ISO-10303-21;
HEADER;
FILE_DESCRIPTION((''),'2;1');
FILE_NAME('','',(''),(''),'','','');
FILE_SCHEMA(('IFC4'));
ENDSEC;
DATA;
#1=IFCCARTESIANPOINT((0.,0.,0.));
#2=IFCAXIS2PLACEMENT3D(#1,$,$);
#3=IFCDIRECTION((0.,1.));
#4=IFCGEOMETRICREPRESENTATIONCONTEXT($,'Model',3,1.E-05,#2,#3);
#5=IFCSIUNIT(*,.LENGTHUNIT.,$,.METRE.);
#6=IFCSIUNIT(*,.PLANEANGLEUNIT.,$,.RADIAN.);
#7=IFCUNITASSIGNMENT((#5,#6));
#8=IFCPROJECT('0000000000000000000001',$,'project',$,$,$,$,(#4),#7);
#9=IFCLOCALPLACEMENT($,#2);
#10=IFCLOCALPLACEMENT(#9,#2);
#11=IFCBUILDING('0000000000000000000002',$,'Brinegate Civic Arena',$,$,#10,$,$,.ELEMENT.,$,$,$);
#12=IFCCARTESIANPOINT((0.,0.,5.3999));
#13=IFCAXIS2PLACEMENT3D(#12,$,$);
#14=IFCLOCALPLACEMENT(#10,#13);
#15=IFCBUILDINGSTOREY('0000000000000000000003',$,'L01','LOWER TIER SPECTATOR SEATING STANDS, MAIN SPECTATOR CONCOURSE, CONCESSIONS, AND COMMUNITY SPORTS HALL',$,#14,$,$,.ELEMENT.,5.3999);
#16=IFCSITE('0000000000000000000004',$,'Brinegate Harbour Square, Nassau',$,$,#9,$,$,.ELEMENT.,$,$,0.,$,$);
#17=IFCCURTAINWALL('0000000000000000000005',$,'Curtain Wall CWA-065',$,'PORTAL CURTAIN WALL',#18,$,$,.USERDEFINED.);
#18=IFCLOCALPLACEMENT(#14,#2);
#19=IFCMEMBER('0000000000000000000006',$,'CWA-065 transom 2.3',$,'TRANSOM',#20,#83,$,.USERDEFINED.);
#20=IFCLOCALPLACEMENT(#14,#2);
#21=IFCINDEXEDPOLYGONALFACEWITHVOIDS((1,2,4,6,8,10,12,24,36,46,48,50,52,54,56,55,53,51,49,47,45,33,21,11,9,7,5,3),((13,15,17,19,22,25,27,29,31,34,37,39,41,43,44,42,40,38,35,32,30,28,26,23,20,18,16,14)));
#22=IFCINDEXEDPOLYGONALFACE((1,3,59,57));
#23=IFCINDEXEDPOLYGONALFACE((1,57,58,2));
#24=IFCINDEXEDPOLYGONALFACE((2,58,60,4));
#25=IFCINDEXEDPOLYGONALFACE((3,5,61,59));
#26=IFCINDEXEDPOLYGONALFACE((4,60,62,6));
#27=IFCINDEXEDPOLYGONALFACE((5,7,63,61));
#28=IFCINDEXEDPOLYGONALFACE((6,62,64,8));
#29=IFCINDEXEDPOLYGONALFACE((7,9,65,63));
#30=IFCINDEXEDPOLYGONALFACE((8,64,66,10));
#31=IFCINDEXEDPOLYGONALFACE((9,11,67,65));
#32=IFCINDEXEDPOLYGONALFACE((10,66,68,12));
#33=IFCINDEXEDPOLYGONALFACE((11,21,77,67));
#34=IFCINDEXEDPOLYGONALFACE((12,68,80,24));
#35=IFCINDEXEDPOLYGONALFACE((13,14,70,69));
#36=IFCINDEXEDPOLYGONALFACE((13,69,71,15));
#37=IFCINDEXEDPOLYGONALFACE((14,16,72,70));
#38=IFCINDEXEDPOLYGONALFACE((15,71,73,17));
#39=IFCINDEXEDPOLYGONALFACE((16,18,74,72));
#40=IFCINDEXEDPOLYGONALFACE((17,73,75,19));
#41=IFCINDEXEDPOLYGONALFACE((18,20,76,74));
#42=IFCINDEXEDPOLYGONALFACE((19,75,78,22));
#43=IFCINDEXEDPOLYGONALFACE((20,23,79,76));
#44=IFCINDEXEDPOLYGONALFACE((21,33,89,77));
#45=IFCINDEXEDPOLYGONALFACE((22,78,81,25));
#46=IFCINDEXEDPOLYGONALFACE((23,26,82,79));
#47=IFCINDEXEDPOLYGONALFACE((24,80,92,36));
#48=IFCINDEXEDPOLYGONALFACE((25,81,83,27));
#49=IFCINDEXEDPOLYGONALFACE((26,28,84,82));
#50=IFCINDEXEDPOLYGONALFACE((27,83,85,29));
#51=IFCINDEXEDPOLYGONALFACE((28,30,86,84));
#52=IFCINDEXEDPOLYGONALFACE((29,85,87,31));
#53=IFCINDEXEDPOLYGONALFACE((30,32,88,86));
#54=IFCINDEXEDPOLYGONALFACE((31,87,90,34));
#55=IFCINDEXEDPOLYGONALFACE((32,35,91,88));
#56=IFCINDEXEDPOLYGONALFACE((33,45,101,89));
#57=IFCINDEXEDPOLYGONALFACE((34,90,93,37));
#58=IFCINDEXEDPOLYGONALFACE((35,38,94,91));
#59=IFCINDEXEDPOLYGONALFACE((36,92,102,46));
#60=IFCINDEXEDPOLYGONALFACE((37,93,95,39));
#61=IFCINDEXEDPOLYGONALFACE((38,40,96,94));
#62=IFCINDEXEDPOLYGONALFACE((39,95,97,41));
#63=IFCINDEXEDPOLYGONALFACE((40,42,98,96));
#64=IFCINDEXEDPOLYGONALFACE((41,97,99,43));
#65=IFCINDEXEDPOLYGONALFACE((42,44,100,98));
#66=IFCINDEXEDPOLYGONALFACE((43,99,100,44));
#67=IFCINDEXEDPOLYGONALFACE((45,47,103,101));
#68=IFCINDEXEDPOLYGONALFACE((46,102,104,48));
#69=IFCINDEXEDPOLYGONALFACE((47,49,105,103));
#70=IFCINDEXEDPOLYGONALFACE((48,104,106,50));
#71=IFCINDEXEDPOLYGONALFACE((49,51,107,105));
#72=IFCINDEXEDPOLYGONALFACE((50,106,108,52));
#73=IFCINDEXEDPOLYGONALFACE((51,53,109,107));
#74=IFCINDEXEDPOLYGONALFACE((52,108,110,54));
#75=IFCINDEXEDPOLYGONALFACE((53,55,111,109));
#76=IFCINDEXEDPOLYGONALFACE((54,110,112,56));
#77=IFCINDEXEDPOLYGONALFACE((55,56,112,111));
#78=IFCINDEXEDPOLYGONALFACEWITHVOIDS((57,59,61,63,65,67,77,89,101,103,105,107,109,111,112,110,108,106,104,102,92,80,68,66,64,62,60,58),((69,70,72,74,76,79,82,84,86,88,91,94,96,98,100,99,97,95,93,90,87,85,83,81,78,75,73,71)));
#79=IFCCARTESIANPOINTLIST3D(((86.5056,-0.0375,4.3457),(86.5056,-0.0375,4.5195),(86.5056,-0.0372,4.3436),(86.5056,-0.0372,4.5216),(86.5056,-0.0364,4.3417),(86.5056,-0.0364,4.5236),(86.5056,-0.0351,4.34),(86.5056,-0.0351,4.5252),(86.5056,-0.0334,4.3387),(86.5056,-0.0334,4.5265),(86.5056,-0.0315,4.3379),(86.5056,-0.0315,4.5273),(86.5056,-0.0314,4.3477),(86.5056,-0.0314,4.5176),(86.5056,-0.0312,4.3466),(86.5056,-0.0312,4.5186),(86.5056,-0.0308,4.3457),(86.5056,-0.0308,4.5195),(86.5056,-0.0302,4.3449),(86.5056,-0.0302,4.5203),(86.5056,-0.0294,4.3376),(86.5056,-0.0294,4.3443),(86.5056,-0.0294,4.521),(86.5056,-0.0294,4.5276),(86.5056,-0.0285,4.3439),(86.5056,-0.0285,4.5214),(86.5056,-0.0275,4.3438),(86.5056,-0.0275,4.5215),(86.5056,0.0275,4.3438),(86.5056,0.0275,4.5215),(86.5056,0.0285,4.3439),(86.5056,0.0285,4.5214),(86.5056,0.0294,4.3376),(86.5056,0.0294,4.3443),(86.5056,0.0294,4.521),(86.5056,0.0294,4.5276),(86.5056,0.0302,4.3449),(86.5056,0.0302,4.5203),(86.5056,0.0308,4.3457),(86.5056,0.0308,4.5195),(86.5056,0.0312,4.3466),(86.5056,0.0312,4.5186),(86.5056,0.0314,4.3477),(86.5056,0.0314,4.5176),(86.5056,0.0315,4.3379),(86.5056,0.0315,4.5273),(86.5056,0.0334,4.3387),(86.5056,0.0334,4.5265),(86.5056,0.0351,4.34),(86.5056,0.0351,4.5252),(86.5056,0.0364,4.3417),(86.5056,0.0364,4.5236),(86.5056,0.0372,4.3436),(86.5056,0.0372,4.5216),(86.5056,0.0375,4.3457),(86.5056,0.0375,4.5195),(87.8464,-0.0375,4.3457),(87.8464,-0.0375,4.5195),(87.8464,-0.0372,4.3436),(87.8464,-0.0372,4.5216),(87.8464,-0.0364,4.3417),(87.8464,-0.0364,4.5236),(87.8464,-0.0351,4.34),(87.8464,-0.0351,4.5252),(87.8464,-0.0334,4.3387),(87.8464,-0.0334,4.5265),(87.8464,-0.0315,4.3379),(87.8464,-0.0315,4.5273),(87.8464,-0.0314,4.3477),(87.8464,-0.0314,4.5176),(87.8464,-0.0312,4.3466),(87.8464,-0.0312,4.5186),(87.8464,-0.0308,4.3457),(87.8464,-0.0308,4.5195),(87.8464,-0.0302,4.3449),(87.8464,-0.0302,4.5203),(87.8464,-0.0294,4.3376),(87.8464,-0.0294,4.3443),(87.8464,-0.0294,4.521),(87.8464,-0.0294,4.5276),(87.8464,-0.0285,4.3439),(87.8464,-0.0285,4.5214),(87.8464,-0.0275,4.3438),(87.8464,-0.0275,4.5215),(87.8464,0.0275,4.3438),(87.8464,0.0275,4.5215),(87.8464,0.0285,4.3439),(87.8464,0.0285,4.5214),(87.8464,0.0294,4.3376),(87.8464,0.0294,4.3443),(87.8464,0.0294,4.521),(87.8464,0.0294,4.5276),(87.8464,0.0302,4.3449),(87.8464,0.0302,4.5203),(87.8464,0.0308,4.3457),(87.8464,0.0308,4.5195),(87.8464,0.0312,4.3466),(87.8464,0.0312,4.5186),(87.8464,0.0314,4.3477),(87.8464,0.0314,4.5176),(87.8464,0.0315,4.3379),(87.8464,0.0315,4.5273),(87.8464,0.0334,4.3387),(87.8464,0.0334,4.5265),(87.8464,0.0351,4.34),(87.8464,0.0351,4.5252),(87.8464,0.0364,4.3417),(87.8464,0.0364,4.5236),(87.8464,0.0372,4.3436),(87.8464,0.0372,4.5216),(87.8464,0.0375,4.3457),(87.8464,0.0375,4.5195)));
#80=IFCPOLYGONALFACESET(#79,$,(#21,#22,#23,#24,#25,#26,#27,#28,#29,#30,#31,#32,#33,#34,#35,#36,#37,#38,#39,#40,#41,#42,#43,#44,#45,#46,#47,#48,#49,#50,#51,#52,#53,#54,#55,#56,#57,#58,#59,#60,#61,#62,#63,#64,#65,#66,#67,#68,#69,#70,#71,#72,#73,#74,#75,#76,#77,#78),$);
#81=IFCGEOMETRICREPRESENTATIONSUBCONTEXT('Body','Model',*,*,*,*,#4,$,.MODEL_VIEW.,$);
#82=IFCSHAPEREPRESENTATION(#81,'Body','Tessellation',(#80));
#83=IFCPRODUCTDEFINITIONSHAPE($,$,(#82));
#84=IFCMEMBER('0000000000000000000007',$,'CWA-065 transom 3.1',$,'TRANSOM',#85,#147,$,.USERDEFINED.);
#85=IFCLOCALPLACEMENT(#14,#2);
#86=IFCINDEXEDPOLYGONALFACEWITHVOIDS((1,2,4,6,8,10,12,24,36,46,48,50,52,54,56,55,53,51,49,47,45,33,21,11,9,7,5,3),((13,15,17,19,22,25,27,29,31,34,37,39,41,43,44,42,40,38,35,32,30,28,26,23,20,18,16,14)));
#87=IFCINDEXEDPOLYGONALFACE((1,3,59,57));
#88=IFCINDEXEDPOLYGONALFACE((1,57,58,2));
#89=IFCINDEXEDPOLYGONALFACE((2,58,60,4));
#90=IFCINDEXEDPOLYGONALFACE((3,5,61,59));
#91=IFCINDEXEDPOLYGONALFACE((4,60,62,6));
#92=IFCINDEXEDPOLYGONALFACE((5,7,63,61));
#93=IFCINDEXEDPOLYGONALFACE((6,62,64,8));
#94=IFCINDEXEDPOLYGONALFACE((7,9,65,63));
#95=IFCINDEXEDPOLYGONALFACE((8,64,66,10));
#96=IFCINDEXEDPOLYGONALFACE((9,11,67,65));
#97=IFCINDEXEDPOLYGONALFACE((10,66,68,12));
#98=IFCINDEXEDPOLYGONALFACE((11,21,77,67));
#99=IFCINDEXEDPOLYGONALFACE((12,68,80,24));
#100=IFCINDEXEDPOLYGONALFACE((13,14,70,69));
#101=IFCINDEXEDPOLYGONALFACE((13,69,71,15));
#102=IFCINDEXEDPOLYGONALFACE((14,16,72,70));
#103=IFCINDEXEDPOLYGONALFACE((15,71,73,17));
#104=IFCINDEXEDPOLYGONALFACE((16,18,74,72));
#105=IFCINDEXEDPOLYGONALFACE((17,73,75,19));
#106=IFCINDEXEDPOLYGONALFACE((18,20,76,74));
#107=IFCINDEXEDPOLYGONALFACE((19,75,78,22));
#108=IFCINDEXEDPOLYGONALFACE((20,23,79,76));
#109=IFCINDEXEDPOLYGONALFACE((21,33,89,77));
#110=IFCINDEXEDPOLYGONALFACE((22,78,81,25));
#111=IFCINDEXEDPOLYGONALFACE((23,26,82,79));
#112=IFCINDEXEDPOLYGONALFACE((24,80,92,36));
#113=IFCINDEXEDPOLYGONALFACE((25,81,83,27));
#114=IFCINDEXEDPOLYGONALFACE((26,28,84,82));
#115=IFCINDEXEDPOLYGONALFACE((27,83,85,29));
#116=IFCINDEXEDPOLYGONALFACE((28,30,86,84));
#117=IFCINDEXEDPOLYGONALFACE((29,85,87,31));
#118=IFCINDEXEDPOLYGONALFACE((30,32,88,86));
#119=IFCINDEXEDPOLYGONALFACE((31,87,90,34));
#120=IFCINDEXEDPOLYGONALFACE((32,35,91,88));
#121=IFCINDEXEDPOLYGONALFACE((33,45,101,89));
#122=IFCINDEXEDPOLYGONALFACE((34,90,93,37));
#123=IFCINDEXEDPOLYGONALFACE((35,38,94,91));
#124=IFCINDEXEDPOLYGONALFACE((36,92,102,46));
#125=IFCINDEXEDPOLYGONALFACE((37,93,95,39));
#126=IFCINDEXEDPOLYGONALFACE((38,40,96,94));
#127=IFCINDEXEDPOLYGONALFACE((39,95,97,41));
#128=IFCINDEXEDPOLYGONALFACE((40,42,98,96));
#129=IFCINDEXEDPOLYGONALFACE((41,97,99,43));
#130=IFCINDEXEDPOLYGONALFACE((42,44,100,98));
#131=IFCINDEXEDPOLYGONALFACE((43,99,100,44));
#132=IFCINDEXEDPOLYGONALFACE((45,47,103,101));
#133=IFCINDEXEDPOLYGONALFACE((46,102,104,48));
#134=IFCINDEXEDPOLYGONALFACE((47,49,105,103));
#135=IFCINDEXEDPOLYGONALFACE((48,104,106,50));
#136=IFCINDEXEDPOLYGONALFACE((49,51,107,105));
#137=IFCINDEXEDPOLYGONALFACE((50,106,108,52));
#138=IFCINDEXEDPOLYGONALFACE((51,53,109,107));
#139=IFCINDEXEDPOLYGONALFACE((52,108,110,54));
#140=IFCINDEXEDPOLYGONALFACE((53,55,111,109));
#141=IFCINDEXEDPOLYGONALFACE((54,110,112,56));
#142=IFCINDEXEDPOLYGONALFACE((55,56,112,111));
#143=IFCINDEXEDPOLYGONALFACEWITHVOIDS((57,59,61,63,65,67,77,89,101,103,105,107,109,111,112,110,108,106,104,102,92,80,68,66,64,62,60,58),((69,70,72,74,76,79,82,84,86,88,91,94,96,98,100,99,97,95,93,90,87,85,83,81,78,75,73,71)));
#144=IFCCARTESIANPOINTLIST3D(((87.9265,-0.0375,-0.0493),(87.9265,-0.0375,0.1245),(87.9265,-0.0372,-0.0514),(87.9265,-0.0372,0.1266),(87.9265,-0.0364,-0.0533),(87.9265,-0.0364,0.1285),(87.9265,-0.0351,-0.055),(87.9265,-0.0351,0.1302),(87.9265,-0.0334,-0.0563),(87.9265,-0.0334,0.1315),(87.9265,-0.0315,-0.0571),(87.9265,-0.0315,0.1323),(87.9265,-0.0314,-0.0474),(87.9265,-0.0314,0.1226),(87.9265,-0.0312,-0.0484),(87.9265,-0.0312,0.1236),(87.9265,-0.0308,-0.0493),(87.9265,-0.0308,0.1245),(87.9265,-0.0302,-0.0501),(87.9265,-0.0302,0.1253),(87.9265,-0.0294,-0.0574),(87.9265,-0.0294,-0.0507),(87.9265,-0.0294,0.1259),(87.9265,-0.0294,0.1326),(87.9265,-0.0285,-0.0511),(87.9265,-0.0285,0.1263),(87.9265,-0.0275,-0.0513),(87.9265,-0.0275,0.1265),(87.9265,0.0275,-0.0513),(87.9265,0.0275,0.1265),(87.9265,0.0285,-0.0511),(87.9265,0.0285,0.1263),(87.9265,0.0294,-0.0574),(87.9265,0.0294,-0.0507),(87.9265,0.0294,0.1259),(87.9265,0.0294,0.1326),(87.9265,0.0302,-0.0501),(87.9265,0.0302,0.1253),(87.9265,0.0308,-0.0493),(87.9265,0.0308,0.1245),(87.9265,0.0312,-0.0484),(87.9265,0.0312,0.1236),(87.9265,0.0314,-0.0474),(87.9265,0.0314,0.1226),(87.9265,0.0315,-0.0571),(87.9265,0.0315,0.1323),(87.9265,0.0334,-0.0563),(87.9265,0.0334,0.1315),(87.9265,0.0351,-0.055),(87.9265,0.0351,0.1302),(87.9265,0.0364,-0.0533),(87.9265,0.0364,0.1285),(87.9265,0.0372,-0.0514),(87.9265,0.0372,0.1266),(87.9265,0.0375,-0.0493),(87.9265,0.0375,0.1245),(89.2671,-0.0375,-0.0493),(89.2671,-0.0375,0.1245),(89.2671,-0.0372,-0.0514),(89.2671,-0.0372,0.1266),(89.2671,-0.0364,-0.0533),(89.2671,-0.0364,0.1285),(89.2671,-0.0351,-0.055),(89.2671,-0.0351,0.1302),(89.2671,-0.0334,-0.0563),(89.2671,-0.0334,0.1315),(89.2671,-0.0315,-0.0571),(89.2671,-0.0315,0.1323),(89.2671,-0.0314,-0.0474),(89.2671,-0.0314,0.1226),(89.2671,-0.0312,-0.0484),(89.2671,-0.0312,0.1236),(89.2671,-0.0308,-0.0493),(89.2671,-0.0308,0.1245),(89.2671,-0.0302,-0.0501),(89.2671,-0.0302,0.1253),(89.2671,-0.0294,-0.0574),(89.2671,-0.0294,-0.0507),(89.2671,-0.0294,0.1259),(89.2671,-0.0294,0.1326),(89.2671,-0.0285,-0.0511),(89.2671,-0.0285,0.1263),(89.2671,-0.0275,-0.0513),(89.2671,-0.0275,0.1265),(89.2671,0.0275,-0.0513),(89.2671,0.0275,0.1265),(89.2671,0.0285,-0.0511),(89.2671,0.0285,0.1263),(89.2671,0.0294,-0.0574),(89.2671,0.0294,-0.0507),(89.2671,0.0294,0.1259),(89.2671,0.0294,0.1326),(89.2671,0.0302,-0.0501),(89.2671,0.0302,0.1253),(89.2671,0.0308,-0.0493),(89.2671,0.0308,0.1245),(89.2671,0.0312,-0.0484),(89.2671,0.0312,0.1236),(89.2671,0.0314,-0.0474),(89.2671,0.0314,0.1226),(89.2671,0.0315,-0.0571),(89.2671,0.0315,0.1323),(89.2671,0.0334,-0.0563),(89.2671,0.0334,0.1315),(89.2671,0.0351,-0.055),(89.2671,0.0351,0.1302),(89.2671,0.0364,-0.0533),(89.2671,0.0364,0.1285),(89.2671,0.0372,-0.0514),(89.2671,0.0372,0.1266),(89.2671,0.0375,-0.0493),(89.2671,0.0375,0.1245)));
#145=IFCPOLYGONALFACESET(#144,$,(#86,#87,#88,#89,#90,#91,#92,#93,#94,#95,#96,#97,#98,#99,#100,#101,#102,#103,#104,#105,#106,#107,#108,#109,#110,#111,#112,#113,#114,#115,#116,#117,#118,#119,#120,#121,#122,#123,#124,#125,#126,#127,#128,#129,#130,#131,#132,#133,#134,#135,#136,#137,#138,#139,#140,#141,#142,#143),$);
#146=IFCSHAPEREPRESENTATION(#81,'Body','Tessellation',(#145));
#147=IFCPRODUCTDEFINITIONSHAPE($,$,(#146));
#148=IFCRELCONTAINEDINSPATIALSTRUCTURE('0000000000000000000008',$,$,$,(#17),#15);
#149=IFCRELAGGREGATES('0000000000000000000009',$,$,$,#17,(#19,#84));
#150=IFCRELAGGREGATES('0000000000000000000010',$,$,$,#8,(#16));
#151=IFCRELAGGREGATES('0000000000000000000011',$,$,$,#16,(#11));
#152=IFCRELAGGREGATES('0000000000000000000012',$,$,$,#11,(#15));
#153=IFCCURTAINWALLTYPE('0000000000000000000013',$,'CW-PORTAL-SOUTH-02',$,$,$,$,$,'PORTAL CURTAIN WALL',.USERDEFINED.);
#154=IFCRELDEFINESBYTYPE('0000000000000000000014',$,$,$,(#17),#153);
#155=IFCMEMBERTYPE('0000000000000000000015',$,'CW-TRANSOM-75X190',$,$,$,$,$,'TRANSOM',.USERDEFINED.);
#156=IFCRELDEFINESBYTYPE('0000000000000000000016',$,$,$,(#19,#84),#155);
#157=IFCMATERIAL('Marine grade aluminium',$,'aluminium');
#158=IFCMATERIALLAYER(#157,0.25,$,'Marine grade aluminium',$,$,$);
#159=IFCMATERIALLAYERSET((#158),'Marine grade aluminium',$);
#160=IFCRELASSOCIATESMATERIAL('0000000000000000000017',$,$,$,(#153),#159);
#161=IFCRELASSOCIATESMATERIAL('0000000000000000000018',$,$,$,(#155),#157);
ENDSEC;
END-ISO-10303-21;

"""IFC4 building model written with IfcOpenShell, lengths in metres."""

from ifc_helpers import new_model, si_unit, direction, frame, origin, origin_2d, place, context, subcontext, project, spatial, hollow_rectangle, extrude, material, layer, layer_set, material_profile, profile_set, type_object, element, aggregate, save


model = new_model("IFC4")

# Units and contexts
model_context = context("Model", 3, precision=1e-05, world=origin(), true_north=direction((0.0, 1.0)))
body_context = subcontext(model_context, "Body", "Model", "MODEL_VIEW")
ifc_project = project(units=[si_unit("LENGTHUNIT", "METRE"), si_unit("PLANEANGLEUNIT", "RADIAN")], contexts=[model_context])

# Site, building, storey
site_placement = place(None, origin())
site = spatial("IfcSite", under=ifc_project, at=site_placement, Name="Brinegate Harbour Square, Nassau", CompositionType="ELEMENT", RefElevation=0.0)
building_placement = place(site_placement, origin())
building = spatial("IfcBuilding", under=site, at=building_placement, Name="Brinegate Civic Arena", CompositionType="ELEMENT")
storey_placement = place(building_placement, frame((0.0, 0.0, 5.3999)))
storey = spatial("IfcBuildingStorey", under=building, at=storey_placement, Name="L01", Description="LOWER TIER SPECTATOR SEATING STANDS, MAIN SPECTATOR CONCOURSE, CONCESSIONS, AND COMMUNITY SPORTS HALL", CompositionType="ELEMENT", Elevation=5.3999)

# Curtain wall, members
ifc_material_1 = material(Name="Marine grade aluminium", Category="aluminium")
ifc_layer_1 = layer(ifc_material_1, 0.25, Name="Marine grade aluminium")
ifc_layer_set_1 = layer_set([ifc_layer_1], Name="Marine grade aluminium")
curtain_wall_type = type_object("IfcCurtainWallType", Name="CW-PORTAL-SOUTH-02", ElementType="PORTAL CURTAIN WALL", PredefinedType="USERDEFINED", material=ifc_layer_set_1)
curtain_wall_placement = place(storey_placement, origin())
curtain_wall = element("IfcCurtainWall", 1, at=curtain_wall_placement, inside=storey, type_object=curtain_wall_type, Name="Curtain Wall CWA-065", ObjectType="PORTAL CURTAIN WALL", PredefinedType="USERDEFINED")
ifc_material_profile_1 = material_profile(ifc_material_1, hollow_rectangle(XDim=0.075, YDim=0.1899, WallThickness=0.0061, InnerFilletRadius=0.0039, OuterFilletRadius=0.0081, at=origin_2d()), Name="TRN75X190")
ifc_profile_set_1 = profile_set([ifc_material_profile_1], Name="Marine grade aluminium")
member_type_1 = type_object("IfcMemberType", Name="CW-TRANSOM-75X190", ElementType="TRANSOM", PredefinedType="USERDEFINED", material=ifc_profile_set_1)
member_1_placement = place(storey_placement, frame((86.5056, 0.0, 4.4326), z_axis=(1.0, 0.0, 0.0), x_axis=(0.0, 1.0, 0.0)))
member_1 = element("IfcMember", 2, at=member_1_placement, type_object=member_type_1, Name="CWA-065 transom 2.3", ObjectType="TRANSOM", PredefinedType="USERDEFINED", context=body_context, shape_type="SweptSolid", body=[
    extrude(hollow_rectangle(XDim=0.075, YDim=0.1899, WallThickness=0.0061, InnerFilletRadius=0.0039, OuterFilletRadius=0.0081, at=origin_2d()), origin(), (0.0, 0.0, 1.0), 1.3408),
])
member_2_placement = place(storey_placement, frame((87.9265, 0.0, 0.0376), z_axis=(1.0, 0.0, 0.0), x_axis=(0.0, 1.0, 0.0)))
member_2 = element("IfcMember", 3, at=member_2_placement, type_object=member_type_1, Name="CWA-065 transom 3.1", ObjectType="TRANSOM", PredefinedType="USERDEFINED", context=body_context, shape_type="SweptSolid", body=[
    extrude(hollow_rectangle(XDim=0.075, YDim=0.1899, WallThickness=0.0061, InnerFilletRadius=0.0039, OuterFilletRadius=0.0081, at=origin_2d()), origin(), (0.0, 0.0, 1.0), 1.3406),
])
aggregate(curtain_wall, [member_1, member_2])

save(model, "model.ifc")
